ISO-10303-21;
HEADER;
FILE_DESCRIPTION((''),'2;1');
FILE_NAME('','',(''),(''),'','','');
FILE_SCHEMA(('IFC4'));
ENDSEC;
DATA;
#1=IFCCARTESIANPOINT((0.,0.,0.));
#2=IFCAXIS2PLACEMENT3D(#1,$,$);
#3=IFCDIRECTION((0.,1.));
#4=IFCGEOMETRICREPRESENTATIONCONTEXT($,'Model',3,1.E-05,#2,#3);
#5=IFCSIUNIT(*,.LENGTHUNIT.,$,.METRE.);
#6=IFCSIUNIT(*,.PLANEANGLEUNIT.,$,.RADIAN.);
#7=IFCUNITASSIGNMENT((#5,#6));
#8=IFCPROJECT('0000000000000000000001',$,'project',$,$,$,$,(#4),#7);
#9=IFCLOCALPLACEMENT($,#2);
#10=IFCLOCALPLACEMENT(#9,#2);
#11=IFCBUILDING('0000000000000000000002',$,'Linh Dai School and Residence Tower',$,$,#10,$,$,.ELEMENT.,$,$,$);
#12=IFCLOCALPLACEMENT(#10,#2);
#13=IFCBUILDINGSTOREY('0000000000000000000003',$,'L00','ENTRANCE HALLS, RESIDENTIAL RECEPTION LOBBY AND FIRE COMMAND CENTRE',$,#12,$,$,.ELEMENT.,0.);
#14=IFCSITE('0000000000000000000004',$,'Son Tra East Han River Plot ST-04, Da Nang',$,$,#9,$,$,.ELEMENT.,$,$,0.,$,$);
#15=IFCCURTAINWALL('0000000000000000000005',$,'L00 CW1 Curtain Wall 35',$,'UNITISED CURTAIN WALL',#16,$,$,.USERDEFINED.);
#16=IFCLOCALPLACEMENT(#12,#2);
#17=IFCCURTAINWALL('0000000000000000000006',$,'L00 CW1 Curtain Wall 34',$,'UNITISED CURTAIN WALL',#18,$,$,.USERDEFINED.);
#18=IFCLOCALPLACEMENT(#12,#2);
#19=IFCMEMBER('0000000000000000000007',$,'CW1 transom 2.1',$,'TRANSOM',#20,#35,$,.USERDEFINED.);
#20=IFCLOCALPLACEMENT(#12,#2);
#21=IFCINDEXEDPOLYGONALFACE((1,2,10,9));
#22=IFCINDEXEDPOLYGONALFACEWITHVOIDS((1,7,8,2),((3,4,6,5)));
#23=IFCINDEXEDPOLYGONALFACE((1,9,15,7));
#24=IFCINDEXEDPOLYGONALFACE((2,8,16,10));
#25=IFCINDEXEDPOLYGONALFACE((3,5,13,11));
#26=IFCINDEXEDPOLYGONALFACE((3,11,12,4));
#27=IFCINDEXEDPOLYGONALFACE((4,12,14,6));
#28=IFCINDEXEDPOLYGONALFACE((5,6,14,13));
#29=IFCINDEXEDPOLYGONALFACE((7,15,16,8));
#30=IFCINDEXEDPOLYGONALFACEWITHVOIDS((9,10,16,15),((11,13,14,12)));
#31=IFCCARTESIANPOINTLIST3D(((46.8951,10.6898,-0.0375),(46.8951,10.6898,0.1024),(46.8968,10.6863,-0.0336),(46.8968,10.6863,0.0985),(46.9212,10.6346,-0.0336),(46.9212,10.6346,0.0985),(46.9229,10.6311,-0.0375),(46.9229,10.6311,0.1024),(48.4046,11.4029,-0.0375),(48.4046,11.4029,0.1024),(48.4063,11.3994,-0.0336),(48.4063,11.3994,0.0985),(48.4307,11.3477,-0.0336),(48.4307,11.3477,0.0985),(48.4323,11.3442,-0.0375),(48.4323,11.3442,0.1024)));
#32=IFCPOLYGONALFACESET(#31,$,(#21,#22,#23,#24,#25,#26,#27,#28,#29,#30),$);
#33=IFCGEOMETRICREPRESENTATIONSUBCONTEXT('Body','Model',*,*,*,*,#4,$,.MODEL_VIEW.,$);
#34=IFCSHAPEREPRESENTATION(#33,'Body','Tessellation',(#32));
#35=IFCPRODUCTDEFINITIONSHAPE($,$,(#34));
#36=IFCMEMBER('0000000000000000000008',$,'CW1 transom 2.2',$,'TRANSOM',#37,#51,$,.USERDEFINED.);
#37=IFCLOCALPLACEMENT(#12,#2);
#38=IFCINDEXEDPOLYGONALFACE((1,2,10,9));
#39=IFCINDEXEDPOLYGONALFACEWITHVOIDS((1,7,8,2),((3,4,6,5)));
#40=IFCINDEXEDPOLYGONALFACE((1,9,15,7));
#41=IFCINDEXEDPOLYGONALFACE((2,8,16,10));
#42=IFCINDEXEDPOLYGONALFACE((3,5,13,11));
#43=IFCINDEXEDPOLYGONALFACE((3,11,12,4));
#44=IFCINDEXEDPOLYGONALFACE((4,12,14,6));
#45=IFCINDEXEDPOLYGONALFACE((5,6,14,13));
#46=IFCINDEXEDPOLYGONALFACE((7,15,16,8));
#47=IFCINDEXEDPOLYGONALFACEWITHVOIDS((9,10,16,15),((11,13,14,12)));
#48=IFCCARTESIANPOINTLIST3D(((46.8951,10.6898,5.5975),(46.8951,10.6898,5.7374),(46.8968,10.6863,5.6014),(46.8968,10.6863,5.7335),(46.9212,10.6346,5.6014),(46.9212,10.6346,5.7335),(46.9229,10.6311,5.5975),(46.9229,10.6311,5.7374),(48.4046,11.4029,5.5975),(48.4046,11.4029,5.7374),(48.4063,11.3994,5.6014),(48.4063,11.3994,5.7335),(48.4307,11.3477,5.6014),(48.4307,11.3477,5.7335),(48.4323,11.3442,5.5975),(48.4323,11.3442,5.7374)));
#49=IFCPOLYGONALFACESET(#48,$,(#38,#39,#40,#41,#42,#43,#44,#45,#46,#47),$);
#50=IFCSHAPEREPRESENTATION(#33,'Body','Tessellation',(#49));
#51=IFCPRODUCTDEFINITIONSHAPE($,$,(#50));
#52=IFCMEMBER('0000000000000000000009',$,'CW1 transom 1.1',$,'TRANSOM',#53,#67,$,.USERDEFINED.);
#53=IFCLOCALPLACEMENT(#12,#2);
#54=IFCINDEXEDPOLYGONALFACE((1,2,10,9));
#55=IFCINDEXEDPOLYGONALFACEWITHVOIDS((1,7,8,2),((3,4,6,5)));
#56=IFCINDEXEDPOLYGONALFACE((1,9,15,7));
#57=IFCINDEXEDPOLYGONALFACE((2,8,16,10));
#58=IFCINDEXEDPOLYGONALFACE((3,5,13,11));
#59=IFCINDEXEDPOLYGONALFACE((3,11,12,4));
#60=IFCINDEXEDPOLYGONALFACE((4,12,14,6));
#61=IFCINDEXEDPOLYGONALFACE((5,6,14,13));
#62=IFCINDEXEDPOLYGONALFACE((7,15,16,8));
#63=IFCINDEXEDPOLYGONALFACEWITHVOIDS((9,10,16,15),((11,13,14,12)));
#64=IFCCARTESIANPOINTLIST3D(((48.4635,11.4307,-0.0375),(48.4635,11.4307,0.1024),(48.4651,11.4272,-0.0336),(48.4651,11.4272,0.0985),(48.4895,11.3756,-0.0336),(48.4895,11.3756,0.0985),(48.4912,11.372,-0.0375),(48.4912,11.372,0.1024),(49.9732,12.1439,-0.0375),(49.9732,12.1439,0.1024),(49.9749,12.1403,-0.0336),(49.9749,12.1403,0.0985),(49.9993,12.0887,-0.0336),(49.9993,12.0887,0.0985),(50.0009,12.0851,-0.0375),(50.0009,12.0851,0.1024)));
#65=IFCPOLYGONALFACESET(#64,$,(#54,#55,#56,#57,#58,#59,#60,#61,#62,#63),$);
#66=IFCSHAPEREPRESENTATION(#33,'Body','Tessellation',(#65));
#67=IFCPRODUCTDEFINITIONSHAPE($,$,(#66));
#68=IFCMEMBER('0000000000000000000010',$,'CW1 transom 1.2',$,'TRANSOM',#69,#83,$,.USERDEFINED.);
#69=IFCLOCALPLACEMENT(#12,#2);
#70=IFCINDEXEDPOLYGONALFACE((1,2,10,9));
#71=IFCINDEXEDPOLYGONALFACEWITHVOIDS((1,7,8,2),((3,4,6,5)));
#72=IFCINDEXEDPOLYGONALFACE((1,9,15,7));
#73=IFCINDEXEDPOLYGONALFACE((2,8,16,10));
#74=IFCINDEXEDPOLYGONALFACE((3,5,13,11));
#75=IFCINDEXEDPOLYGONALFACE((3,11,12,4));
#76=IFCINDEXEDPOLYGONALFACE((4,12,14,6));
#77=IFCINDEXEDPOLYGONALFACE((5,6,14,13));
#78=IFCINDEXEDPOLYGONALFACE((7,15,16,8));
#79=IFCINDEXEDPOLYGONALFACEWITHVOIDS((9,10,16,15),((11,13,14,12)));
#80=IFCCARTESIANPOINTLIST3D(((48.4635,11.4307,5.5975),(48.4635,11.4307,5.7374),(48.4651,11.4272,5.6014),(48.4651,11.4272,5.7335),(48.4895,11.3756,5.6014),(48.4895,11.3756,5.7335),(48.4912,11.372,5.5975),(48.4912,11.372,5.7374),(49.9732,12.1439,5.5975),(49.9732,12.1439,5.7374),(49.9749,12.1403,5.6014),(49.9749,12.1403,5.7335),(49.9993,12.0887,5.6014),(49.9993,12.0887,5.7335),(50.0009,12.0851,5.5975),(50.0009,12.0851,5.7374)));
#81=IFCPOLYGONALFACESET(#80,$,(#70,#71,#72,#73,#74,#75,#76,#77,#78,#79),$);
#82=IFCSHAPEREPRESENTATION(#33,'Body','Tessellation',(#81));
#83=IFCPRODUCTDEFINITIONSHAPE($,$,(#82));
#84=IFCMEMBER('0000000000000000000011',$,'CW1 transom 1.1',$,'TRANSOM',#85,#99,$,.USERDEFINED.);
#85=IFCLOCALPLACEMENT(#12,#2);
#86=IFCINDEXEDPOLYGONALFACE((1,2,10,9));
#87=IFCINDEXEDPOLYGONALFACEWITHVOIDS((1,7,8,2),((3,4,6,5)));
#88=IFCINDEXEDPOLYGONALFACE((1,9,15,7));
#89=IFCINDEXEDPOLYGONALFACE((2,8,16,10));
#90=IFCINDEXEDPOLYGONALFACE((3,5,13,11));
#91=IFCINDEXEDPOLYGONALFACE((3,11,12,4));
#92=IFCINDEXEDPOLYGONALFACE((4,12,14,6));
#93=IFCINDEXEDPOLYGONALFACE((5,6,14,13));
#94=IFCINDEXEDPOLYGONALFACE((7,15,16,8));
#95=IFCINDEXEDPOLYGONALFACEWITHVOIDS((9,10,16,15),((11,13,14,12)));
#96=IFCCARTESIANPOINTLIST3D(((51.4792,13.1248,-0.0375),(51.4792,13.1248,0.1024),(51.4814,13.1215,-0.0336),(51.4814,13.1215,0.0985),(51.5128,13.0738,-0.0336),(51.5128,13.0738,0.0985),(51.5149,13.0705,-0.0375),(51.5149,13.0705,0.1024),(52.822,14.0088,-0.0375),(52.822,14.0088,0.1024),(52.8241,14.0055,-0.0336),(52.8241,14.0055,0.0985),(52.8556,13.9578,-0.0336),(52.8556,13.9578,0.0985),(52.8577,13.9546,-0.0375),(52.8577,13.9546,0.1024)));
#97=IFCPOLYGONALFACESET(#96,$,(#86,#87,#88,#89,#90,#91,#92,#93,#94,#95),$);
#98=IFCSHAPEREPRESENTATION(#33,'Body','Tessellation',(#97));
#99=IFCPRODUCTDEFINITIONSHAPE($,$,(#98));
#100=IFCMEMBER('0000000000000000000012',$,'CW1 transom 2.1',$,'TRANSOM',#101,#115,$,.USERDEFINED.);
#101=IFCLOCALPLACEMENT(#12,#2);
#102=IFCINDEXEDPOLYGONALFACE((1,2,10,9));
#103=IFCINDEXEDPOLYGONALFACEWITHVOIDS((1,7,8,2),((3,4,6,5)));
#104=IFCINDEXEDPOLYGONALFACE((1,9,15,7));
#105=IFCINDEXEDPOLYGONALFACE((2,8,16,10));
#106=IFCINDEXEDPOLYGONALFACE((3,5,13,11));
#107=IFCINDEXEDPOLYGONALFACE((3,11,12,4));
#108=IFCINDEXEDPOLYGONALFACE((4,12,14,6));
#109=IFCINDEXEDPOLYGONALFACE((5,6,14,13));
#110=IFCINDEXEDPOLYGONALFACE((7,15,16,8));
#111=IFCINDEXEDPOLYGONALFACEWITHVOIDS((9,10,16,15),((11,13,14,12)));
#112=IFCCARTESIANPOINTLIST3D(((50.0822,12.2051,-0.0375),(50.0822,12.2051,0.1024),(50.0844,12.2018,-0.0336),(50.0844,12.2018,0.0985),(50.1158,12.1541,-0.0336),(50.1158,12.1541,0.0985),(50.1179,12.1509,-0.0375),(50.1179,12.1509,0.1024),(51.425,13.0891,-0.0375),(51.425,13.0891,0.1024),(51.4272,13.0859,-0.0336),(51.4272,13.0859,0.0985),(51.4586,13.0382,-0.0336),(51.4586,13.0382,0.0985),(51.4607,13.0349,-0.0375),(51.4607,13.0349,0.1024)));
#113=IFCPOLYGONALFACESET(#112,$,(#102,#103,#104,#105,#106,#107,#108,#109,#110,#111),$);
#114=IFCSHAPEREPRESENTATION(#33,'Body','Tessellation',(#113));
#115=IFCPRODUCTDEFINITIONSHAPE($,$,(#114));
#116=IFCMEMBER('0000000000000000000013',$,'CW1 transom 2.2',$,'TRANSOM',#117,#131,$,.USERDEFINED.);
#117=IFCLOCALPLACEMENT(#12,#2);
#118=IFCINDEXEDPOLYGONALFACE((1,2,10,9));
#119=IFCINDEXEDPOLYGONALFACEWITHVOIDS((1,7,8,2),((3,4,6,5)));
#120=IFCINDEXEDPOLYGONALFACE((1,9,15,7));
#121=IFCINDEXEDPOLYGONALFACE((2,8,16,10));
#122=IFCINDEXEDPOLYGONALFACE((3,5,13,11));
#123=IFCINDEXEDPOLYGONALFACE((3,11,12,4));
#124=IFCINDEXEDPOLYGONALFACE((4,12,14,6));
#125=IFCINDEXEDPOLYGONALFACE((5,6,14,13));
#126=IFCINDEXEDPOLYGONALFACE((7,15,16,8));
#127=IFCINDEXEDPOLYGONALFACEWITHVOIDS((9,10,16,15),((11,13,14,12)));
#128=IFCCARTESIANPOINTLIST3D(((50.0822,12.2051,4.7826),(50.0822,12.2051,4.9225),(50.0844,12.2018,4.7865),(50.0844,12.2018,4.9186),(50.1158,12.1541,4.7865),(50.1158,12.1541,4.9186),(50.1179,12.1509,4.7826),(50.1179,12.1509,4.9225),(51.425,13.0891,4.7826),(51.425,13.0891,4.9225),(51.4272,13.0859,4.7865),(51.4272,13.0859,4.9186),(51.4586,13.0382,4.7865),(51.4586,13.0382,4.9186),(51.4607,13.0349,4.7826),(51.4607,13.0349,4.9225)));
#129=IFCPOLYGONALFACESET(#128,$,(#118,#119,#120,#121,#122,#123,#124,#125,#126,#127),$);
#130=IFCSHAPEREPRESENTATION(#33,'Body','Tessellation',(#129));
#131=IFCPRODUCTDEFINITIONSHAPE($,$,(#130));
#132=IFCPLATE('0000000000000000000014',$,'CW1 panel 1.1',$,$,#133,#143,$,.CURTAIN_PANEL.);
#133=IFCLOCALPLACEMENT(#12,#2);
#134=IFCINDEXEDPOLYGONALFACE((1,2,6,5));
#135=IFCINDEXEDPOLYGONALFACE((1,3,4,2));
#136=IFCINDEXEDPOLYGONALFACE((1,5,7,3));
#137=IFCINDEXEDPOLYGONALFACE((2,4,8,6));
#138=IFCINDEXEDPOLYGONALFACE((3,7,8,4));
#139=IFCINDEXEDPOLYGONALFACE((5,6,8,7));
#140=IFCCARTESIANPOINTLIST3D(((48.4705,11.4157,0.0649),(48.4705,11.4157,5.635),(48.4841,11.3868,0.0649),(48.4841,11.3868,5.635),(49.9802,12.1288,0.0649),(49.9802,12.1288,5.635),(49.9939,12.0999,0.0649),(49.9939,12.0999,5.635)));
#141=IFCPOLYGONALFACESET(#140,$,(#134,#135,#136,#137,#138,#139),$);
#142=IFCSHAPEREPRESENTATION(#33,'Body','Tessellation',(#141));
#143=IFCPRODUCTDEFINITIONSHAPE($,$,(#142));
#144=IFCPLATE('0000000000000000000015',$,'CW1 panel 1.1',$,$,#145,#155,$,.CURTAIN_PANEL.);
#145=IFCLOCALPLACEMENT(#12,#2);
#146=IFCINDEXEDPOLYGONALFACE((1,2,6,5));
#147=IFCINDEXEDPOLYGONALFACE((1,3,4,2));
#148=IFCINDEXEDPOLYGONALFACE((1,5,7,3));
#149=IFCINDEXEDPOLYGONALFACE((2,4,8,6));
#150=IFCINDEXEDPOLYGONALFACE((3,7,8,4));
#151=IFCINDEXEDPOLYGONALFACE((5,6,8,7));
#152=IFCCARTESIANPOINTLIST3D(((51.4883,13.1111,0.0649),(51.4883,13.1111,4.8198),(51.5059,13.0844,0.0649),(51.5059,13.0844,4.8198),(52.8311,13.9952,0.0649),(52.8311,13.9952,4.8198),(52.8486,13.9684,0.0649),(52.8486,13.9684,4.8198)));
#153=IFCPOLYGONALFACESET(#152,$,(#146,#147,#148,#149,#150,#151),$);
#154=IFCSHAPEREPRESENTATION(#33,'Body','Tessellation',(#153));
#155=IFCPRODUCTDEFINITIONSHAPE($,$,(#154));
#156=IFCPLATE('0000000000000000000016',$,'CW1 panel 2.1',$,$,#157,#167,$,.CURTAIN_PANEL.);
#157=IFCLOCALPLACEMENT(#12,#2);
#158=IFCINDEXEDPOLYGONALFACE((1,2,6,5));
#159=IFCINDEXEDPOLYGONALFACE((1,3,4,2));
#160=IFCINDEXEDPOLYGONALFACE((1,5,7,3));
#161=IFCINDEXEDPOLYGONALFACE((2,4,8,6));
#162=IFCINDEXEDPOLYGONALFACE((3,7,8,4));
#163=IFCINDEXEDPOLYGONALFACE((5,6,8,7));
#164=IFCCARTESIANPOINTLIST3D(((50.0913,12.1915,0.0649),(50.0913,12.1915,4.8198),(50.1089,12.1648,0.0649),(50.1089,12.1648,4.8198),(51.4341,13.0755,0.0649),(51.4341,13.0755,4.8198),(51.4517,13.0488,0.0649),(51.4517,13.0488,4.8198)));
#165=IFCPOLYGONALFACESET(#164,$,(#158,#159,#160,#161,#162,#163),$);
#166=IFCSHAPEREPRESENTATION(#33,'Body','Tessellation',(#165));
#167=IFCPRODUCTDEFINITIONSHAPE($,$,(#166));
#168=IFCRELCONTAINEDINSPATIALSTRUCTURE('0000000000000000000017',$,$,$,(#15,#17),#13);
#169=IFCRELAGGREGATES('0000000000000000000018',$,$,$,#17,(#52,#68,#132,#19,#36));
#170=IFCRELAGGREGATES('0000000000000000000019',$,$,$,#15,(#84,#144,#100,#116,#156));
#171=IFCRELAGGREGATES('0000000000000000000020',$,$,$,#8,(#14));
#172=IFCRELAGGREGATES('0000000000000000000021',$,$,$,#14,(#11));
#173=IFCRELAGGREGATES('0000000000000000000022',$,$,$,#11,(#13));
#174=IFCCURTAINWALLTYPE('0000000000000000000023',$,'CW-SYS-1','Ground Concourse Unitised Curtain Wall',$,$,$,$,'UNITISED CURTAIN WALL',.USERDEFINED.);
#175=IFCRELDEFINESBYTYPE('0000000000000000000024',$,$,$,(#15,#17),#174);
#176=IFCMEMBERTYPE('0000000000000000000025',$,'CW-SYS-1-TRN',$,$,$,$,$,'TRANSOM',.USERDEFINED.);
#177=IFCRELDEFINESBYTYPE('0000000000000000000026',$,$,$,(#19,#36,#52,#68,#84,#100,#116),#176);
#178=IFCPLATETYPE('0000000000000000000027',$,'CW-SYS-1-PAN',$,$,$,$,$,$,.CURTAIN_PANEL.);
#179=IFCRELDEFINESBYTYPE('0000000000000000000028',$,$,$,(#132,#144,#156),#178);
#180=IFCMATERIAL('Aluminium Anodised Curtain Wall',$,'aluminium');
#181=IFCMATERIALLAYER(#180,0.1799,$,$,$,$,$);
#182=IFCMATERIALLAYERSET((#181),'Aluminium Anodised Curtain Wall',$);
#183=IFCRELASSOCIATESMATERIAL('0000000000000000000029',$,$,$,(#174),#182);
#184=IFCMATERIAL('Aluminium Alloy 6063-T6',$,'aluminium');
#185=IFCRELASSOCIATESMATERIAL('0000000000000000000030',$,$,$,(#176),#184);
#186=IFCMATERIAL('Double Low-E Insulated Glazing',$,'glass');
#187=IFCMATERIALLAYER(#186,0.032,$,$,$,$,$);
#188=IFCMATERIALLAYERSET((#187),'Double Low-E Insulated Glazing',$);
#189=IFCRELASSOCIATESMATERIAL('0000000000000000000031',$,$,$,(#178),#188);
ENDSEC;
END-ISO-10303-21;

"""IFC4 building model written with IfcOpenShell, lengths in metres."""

from ifc_helpers import new_model, si_unit, direction, frame, origin, origin_2d, place, context, subcontext, project, spatial, rectangle, hollow_rectangle, extrude, source, transform, mapped, material, layer, layer_set, material_profile, profile_set, type_object, element, aggregate, save


model = new_model("IFC4")

# Units and contexts
model_context = context("Model", 3, precision=1e-05, world=origin(), true_north=direction((0.0, 1.0)))
body_context = subcontext(model_context, "Body", "Model", "MODEL_VIEW")
ifc_project = project(units=[si_unit("LENGTHUNIT", "METRE"), si_unit("PLANEANGLEUNIT", "RADIAN")], contexts=[model_context])

# Site, building, storey
site_placement = place(None, origin())
site = spatial("IfcSite", under=ifc_project, at=site_placement, Name="Son Tra East Han River Plot ST-04, Da Nang", CompositionType="ELEMENT", RefElevation=0.0)
building_placement = place(site_placement, origin())
building = spatial("IfcBuilding", under=site, at=building_placement, Name="Linh Dai School and Residence Tower", CompositionType="ELEMENT")
storey_placement = place(building_placement, origin())
storey = spatial("IfcBuildingStorey", under=building, at=storey_placement, Name="L00", Description="ENTRANCE HALLS, RESIDENTIAL RECEPTION LOBBY AND FIRE COMMAND CENTRE", CompositionType="ELEMENT", Elevation=0.0)

# Curtain walls, members
ifc_material_1 = material(Name="Aluminium Anodised Curtain Wall", Category="aluminium")
ifc_layer_1 = layer(ifc_material_1, 0.1799)
ifc_layer_set_1 = layer_set([ifc_layer_1], Name="Aluminium Anodised Curtain Wall")
curtain_wall_type = type_object("IfcCurtainWallType", Name="CW-SYS-1", Description="Ground Concourse Unitised Curtain Wall", ElementType="UNITISED CURTAIN WALL", PredefinedType="USERDEFINED", material=ifc_layer_set_1)
curtain_wall_1_placement = place(storey_placement, origin())
curtain_wall_1 = element("IfcCurtainWall", 1, at=curtain_wall_1_placement, inside=storey, type_object=curtain_wall_type, Name="L00 CW1 Curtain Wall 35", ObjectType="UNITISED CURTAIN WALL", PredefinedType="USERDEFINED")
ifc_material_2 = material(Name="Aluminium Alloy 6063-T6", Category="aluminium")
curtain_wall_2_placement = place(storey_placement, origin())
curtain_wall_2 = element("IfcCurtainWall", 2, at=curtain_wall_2_placement, inside=storey, type_object=curtain_wall_type, Name="L00 CW1 Curtain Wall 34", ObjectType="UNITISED CURTAIN WALL", PredefinedType="USERDEFINED")
ifc_material_profile_1 = material_profile(ifc_material_2, hollow_rectangle(XDim=0.0649, YDim=0.1399, WallThickness=0.0039, at=origin_2d()), Name="RHS 140x65x4")
ifc_profile_set_1 = profile_set([ifc_material_profile_1], Name="Aluminium Alloy 6063-T6")
member_type_1 = type_object("IfcMemberType", Name="CW-SYS-1-TRN", ElementType="TRANSOM", PredefinedType="USERDEFINED", material=ifc_profile_set_1)
shared_shape_1 = source(origin(), body_context, "Body", "SweptSolid", [
    extrude(hollow_rectangle(XDim=0.0649, YDim=0.1399, WallThickness=0.0039, at=origin_2d()), origin(), (0.0, 0.0, 1.0), 1.6694),
])
member_1_placement = place(storey_placement, frame((48.4185, 11.3735, 0.0325), z_axis=(-0.904178, -0.427156, 0.0), x_axis=(0.427156, -0.904178, 0.0)))
member_1 = element("IfcMember", 3, at=member_1_placement, type_object=member_type_1, Name="CW1 transom 2.1", ObjectType="TRANSOM", PredefinedType="USERDEFINED", context=body_context, shape_type="MappedRepresentation", body=[
    mapped(shared_shape_1, transform((0.0, 0.0, 0.0), x_axis=(1.0, 0.0, 0.0), y_axis=(0.0, 1.0, 0.0), z_axis=(0.0, 0.0, 1.0), scale=1.0)),
])
member_2_placement = place(storey_placement, frame((48.4185, 11.3735, 5.6675), z_axis=(-0.904178, -0.427156, 0.0), x_axis=(0.427156, -0.904178, 0.0)))
member_2 = element("IfcMember", 4, at=member_2_placement, type_object=member_type_1, Name="CW1 transom 2.2", ObjectType="TRANSOM", PredefinedType="USERDEFINED", context=body_context, shape_type="MappedRepresentation", body=[
    mapped(shared_shape_1, transform((0.0, 0.0, 0.0), x_axis=(1.0, 0.0, 0.0), y_axis=(0.0, 1.0, 0.0), z_axis=(0.0, 0.0, 1.0), scale=1.0)),
])
shared_shape_2 = source(origin(), body_context, "Body", "SweptSolid", [
    extrude(hollow_rectangle(XDim=0.0649, YDim=0.1399, WallThickness=0.0039, at=origin_2d()), origin(), (0.0, 0.0, 1.0), 1.6697),
])
member_3_placement = place(storey_placement, frame((49.9871, 12.1145, 0.0325), z_axis=(-0.904205, -0.427099, 0.0), x_axis=(0.427099, -0.904205, 0.0)))
member_3 = element("IfcMember", 5, at=member_3_placement, type_object=member_type_1, Name="CW1 transom 1.1", ObjectType="TRANSOM", PredefinedType="USERDEFINED", context=body_context, shape_type="MappedRepresentation", body=[
    mapped(shared_shape_2, transform((0.0, 0.0, 0.0), x_axis=(1.0, 0.0, 0.0), y_axis=(0.0, 1.0, 0.0), z_axis=(0.0, 0.0, 1.0), scale=1.0)),
])
member_4_placement = place(storey_placement, frame((49.9871, 12.1145, 5.6675), z_axis=(-0.904205, -0.427099, 0.0), x_axis=(0.427099, -0.904205, 0.0)))
member_4 = element("IfcMember", 6, at=member_4_placement, type_object=member_type_1, Name="CW1 transom 1.2", ObjectType="TRANSOM", PredefinedType="USERDEFINED", context=body_context, shape_type="MappedRepresentation", body=[
    mapped(shared_shape_2, transform((0.0, 0.0, 0.0), x_axis=(1.0, 0.0, 0.0), y_axis=(0.0, 1.0, 0.0), z_axis=(0.0, 0.0, 1.0), scale=1.0)),
])

# Members
shared_shape_3 = source(origin(), body_context, "Body", "SweptSolid", [
    extrude(hollow_rectangle(XDim=0.0649, YDim=0.1399, WallThickness=0.0039, at=origin_2d()), origin(), (0.0, 0.0, 1.0), 1.6077),
])
member_5_placement = place(storey_placement, frame((52.8398, 13.9817, 0.0325), z_axis=(-0.835237, -0.54989, 0.0), x_axis=(0.54989, -0.835237, 0.0)))
member_5 = element("IfcMember", 7, at=member_5_placement, type_object=member_type_1, Name="CW1 transom 1.1", ObjectType="TRANSOM", PredefinedType="USERDEFINED", context=body_context, shape_type="MappedRepresentation", body=[
    mapped(shared_shape_3, transform((0.0, 0.0, 0.0), x_axis=(1.0, 0.0, 0.0), y_axis=(0.0, 1.0, 0.0), z_axis=(0.0, 0.0, 1.0), scale=1.0)),
])
member_6_placement = place(storey_placement, frame((51.4429, 13.062, 0.0325), z_axis=(-0.835237, -0.54989, 0.0), x_axis=(0.54989, -0.835237, 0.0)))
member_6 = element("IfcMember", 8, at=member_6_placement, type_object=member_type_1, Name="CW1 transom 2.1", ObjectType="TRANSOM", PredefinedType="USERDEFINED", context=body_context, shape_type="MappedRepresentation", body=[
    mapped(shared_shape_3, transform((0.0, 0.0, 0.0), x_axis=(1.0, 0.0, 0.0), y_axis=(0.0, 1.0, 0.0), z_axis=(0.0, 0.0, 1.0), scale=1.0)),
])
member_7_placement = place(storey_placement, frame((51.4429, 13.062, 4.8525), z_axis=(-0.835237, -0.54989, 0.0), x_axis=(0.54989, -0.835237, 0.0)))
member_7 = element("IfcMember", 9, at=member_7_placement, type_object=member_type_1, Name="CW1 transom 2.2", ObjectType="TRANSOM", PredefinedType="USERDEFINED", context=body_context, shape_type="MappedRepresentation", body=[
    mapped(shared_shape_3, transform((0.0, 0.0, 0.0), x_axis=(1.0, 0.0, 0.0), y_axis=(0.0, 1.0, 0.0), z_axis=(0.0, 0.0, 1.0), scale=1.0)),
])

# Plates
ifc_material_3 = material(Name="Double Low-E Insulated Glazing", Category="glass")
ifc_layer_2 = layer(ifc_material_3, 0.032)
ifc_layer_set_2 = layer_set([ifc_layer_2], Name="Double Low-E Insulated Glazing")
plate_type = type_object("IfcPlateType", Name="CW-SYS-1-PAN", PredefinedType="CURTAIN_PANEL", material=ifc_layer_set_2)
shared_shape_4 = source(origin(), body_context, "Body", "SweptSolid", [
    extrude(rectangle(XDim=1.6697, YDim=0.032, at=origin_2d()), origin(), (0.0, 0.0, 1.0), 5.5701),
])
plate_1_placement = place(storey_placement, frame((49.2322, 11.7578, 0.0649), z_axis=(0.0, 0.0, 1.0), x_axis=(-0.904201, -0.427108, 0.0)))
plate_1 = element("IfcPlate", 10, at=plate_1_placement, type_object=plate_type, Name="CW1 panel 1.1", PredefinedType="CURTAIN_PANEL", context=body_context, shape_type="MappedRepresentation", body=[
    mapped(shared_shape_4, transform((0.0, 0.0, 0.0), x_axis=(1.0, 0.0, 0.0), y_axis=(0.0, 1.0, 0.0), z_axis=(0.0, 0.0, 1.0), scale=1.0)),
])
aggregate(curtain_wall_2, [member_3, member_4, plate_1, member_1, member_2])
shared_shape_5 = source(origin(), body_context, "Body", "SweptSolid", [
    extrude(rectangle(XDim=1.6077, YDim=0.032, at=origin_2d()), origin(), (0.0, 0.0, 1.0), 4.7549),
])
plate_2_placement = place(storey_placement, frame((52.1685, 13.5398, 0.0649), z_axis=(0.0, 0.0, 1.0), x_axis=(-0.835245, -0.549878, 0.0)))
plate_2 = element("IfcPlate", 11, at=plate_2_placement, type_object=plate_type, Name="CW1 panel 1.1", PredefinedType="CURTAIN_PANEL", context=body_context, shape_type="MappedRepresentation", body=[
    mapped(shared_shape_5, transform((0.0, 0.0, 0.0), x_axis=(1.0, 0.0, 0.0), y_axis=(0.0, 1.0, 0.0), z_axis=(0.0, 0.0, 1.0), scale=1.0)),
])
plate_3_placement = place(storey_placement, frame((50.7715, 12.6201, 0.0649), z_axis=(0.0, 0.0, 1.0), x_axis=(-0.835245, -0.549878, 0.0)))
plate_3 = element("IfcPlate", 12, at=plate_3_placement, type_object=plate_type, Name="CW1 panel 2.1", PredefinedType="CURTAIN_PANEL", context=body_context, shape_type="MappedRepresentation", body=[
    mapped(shared_shape_5, transform((0.0, 0.0, 0.0), x_axis=(1.0, 0.0, 0.0), y_axis=(0.0, 1.0, 0.0), z_axis=(0.0, 0.0, 1.0), scale=1.0)),
])
aggregate(curtain_wall_1, [member_5, plate_2, member_6, member_7, plate_3])

save(model, "model.ifc")
